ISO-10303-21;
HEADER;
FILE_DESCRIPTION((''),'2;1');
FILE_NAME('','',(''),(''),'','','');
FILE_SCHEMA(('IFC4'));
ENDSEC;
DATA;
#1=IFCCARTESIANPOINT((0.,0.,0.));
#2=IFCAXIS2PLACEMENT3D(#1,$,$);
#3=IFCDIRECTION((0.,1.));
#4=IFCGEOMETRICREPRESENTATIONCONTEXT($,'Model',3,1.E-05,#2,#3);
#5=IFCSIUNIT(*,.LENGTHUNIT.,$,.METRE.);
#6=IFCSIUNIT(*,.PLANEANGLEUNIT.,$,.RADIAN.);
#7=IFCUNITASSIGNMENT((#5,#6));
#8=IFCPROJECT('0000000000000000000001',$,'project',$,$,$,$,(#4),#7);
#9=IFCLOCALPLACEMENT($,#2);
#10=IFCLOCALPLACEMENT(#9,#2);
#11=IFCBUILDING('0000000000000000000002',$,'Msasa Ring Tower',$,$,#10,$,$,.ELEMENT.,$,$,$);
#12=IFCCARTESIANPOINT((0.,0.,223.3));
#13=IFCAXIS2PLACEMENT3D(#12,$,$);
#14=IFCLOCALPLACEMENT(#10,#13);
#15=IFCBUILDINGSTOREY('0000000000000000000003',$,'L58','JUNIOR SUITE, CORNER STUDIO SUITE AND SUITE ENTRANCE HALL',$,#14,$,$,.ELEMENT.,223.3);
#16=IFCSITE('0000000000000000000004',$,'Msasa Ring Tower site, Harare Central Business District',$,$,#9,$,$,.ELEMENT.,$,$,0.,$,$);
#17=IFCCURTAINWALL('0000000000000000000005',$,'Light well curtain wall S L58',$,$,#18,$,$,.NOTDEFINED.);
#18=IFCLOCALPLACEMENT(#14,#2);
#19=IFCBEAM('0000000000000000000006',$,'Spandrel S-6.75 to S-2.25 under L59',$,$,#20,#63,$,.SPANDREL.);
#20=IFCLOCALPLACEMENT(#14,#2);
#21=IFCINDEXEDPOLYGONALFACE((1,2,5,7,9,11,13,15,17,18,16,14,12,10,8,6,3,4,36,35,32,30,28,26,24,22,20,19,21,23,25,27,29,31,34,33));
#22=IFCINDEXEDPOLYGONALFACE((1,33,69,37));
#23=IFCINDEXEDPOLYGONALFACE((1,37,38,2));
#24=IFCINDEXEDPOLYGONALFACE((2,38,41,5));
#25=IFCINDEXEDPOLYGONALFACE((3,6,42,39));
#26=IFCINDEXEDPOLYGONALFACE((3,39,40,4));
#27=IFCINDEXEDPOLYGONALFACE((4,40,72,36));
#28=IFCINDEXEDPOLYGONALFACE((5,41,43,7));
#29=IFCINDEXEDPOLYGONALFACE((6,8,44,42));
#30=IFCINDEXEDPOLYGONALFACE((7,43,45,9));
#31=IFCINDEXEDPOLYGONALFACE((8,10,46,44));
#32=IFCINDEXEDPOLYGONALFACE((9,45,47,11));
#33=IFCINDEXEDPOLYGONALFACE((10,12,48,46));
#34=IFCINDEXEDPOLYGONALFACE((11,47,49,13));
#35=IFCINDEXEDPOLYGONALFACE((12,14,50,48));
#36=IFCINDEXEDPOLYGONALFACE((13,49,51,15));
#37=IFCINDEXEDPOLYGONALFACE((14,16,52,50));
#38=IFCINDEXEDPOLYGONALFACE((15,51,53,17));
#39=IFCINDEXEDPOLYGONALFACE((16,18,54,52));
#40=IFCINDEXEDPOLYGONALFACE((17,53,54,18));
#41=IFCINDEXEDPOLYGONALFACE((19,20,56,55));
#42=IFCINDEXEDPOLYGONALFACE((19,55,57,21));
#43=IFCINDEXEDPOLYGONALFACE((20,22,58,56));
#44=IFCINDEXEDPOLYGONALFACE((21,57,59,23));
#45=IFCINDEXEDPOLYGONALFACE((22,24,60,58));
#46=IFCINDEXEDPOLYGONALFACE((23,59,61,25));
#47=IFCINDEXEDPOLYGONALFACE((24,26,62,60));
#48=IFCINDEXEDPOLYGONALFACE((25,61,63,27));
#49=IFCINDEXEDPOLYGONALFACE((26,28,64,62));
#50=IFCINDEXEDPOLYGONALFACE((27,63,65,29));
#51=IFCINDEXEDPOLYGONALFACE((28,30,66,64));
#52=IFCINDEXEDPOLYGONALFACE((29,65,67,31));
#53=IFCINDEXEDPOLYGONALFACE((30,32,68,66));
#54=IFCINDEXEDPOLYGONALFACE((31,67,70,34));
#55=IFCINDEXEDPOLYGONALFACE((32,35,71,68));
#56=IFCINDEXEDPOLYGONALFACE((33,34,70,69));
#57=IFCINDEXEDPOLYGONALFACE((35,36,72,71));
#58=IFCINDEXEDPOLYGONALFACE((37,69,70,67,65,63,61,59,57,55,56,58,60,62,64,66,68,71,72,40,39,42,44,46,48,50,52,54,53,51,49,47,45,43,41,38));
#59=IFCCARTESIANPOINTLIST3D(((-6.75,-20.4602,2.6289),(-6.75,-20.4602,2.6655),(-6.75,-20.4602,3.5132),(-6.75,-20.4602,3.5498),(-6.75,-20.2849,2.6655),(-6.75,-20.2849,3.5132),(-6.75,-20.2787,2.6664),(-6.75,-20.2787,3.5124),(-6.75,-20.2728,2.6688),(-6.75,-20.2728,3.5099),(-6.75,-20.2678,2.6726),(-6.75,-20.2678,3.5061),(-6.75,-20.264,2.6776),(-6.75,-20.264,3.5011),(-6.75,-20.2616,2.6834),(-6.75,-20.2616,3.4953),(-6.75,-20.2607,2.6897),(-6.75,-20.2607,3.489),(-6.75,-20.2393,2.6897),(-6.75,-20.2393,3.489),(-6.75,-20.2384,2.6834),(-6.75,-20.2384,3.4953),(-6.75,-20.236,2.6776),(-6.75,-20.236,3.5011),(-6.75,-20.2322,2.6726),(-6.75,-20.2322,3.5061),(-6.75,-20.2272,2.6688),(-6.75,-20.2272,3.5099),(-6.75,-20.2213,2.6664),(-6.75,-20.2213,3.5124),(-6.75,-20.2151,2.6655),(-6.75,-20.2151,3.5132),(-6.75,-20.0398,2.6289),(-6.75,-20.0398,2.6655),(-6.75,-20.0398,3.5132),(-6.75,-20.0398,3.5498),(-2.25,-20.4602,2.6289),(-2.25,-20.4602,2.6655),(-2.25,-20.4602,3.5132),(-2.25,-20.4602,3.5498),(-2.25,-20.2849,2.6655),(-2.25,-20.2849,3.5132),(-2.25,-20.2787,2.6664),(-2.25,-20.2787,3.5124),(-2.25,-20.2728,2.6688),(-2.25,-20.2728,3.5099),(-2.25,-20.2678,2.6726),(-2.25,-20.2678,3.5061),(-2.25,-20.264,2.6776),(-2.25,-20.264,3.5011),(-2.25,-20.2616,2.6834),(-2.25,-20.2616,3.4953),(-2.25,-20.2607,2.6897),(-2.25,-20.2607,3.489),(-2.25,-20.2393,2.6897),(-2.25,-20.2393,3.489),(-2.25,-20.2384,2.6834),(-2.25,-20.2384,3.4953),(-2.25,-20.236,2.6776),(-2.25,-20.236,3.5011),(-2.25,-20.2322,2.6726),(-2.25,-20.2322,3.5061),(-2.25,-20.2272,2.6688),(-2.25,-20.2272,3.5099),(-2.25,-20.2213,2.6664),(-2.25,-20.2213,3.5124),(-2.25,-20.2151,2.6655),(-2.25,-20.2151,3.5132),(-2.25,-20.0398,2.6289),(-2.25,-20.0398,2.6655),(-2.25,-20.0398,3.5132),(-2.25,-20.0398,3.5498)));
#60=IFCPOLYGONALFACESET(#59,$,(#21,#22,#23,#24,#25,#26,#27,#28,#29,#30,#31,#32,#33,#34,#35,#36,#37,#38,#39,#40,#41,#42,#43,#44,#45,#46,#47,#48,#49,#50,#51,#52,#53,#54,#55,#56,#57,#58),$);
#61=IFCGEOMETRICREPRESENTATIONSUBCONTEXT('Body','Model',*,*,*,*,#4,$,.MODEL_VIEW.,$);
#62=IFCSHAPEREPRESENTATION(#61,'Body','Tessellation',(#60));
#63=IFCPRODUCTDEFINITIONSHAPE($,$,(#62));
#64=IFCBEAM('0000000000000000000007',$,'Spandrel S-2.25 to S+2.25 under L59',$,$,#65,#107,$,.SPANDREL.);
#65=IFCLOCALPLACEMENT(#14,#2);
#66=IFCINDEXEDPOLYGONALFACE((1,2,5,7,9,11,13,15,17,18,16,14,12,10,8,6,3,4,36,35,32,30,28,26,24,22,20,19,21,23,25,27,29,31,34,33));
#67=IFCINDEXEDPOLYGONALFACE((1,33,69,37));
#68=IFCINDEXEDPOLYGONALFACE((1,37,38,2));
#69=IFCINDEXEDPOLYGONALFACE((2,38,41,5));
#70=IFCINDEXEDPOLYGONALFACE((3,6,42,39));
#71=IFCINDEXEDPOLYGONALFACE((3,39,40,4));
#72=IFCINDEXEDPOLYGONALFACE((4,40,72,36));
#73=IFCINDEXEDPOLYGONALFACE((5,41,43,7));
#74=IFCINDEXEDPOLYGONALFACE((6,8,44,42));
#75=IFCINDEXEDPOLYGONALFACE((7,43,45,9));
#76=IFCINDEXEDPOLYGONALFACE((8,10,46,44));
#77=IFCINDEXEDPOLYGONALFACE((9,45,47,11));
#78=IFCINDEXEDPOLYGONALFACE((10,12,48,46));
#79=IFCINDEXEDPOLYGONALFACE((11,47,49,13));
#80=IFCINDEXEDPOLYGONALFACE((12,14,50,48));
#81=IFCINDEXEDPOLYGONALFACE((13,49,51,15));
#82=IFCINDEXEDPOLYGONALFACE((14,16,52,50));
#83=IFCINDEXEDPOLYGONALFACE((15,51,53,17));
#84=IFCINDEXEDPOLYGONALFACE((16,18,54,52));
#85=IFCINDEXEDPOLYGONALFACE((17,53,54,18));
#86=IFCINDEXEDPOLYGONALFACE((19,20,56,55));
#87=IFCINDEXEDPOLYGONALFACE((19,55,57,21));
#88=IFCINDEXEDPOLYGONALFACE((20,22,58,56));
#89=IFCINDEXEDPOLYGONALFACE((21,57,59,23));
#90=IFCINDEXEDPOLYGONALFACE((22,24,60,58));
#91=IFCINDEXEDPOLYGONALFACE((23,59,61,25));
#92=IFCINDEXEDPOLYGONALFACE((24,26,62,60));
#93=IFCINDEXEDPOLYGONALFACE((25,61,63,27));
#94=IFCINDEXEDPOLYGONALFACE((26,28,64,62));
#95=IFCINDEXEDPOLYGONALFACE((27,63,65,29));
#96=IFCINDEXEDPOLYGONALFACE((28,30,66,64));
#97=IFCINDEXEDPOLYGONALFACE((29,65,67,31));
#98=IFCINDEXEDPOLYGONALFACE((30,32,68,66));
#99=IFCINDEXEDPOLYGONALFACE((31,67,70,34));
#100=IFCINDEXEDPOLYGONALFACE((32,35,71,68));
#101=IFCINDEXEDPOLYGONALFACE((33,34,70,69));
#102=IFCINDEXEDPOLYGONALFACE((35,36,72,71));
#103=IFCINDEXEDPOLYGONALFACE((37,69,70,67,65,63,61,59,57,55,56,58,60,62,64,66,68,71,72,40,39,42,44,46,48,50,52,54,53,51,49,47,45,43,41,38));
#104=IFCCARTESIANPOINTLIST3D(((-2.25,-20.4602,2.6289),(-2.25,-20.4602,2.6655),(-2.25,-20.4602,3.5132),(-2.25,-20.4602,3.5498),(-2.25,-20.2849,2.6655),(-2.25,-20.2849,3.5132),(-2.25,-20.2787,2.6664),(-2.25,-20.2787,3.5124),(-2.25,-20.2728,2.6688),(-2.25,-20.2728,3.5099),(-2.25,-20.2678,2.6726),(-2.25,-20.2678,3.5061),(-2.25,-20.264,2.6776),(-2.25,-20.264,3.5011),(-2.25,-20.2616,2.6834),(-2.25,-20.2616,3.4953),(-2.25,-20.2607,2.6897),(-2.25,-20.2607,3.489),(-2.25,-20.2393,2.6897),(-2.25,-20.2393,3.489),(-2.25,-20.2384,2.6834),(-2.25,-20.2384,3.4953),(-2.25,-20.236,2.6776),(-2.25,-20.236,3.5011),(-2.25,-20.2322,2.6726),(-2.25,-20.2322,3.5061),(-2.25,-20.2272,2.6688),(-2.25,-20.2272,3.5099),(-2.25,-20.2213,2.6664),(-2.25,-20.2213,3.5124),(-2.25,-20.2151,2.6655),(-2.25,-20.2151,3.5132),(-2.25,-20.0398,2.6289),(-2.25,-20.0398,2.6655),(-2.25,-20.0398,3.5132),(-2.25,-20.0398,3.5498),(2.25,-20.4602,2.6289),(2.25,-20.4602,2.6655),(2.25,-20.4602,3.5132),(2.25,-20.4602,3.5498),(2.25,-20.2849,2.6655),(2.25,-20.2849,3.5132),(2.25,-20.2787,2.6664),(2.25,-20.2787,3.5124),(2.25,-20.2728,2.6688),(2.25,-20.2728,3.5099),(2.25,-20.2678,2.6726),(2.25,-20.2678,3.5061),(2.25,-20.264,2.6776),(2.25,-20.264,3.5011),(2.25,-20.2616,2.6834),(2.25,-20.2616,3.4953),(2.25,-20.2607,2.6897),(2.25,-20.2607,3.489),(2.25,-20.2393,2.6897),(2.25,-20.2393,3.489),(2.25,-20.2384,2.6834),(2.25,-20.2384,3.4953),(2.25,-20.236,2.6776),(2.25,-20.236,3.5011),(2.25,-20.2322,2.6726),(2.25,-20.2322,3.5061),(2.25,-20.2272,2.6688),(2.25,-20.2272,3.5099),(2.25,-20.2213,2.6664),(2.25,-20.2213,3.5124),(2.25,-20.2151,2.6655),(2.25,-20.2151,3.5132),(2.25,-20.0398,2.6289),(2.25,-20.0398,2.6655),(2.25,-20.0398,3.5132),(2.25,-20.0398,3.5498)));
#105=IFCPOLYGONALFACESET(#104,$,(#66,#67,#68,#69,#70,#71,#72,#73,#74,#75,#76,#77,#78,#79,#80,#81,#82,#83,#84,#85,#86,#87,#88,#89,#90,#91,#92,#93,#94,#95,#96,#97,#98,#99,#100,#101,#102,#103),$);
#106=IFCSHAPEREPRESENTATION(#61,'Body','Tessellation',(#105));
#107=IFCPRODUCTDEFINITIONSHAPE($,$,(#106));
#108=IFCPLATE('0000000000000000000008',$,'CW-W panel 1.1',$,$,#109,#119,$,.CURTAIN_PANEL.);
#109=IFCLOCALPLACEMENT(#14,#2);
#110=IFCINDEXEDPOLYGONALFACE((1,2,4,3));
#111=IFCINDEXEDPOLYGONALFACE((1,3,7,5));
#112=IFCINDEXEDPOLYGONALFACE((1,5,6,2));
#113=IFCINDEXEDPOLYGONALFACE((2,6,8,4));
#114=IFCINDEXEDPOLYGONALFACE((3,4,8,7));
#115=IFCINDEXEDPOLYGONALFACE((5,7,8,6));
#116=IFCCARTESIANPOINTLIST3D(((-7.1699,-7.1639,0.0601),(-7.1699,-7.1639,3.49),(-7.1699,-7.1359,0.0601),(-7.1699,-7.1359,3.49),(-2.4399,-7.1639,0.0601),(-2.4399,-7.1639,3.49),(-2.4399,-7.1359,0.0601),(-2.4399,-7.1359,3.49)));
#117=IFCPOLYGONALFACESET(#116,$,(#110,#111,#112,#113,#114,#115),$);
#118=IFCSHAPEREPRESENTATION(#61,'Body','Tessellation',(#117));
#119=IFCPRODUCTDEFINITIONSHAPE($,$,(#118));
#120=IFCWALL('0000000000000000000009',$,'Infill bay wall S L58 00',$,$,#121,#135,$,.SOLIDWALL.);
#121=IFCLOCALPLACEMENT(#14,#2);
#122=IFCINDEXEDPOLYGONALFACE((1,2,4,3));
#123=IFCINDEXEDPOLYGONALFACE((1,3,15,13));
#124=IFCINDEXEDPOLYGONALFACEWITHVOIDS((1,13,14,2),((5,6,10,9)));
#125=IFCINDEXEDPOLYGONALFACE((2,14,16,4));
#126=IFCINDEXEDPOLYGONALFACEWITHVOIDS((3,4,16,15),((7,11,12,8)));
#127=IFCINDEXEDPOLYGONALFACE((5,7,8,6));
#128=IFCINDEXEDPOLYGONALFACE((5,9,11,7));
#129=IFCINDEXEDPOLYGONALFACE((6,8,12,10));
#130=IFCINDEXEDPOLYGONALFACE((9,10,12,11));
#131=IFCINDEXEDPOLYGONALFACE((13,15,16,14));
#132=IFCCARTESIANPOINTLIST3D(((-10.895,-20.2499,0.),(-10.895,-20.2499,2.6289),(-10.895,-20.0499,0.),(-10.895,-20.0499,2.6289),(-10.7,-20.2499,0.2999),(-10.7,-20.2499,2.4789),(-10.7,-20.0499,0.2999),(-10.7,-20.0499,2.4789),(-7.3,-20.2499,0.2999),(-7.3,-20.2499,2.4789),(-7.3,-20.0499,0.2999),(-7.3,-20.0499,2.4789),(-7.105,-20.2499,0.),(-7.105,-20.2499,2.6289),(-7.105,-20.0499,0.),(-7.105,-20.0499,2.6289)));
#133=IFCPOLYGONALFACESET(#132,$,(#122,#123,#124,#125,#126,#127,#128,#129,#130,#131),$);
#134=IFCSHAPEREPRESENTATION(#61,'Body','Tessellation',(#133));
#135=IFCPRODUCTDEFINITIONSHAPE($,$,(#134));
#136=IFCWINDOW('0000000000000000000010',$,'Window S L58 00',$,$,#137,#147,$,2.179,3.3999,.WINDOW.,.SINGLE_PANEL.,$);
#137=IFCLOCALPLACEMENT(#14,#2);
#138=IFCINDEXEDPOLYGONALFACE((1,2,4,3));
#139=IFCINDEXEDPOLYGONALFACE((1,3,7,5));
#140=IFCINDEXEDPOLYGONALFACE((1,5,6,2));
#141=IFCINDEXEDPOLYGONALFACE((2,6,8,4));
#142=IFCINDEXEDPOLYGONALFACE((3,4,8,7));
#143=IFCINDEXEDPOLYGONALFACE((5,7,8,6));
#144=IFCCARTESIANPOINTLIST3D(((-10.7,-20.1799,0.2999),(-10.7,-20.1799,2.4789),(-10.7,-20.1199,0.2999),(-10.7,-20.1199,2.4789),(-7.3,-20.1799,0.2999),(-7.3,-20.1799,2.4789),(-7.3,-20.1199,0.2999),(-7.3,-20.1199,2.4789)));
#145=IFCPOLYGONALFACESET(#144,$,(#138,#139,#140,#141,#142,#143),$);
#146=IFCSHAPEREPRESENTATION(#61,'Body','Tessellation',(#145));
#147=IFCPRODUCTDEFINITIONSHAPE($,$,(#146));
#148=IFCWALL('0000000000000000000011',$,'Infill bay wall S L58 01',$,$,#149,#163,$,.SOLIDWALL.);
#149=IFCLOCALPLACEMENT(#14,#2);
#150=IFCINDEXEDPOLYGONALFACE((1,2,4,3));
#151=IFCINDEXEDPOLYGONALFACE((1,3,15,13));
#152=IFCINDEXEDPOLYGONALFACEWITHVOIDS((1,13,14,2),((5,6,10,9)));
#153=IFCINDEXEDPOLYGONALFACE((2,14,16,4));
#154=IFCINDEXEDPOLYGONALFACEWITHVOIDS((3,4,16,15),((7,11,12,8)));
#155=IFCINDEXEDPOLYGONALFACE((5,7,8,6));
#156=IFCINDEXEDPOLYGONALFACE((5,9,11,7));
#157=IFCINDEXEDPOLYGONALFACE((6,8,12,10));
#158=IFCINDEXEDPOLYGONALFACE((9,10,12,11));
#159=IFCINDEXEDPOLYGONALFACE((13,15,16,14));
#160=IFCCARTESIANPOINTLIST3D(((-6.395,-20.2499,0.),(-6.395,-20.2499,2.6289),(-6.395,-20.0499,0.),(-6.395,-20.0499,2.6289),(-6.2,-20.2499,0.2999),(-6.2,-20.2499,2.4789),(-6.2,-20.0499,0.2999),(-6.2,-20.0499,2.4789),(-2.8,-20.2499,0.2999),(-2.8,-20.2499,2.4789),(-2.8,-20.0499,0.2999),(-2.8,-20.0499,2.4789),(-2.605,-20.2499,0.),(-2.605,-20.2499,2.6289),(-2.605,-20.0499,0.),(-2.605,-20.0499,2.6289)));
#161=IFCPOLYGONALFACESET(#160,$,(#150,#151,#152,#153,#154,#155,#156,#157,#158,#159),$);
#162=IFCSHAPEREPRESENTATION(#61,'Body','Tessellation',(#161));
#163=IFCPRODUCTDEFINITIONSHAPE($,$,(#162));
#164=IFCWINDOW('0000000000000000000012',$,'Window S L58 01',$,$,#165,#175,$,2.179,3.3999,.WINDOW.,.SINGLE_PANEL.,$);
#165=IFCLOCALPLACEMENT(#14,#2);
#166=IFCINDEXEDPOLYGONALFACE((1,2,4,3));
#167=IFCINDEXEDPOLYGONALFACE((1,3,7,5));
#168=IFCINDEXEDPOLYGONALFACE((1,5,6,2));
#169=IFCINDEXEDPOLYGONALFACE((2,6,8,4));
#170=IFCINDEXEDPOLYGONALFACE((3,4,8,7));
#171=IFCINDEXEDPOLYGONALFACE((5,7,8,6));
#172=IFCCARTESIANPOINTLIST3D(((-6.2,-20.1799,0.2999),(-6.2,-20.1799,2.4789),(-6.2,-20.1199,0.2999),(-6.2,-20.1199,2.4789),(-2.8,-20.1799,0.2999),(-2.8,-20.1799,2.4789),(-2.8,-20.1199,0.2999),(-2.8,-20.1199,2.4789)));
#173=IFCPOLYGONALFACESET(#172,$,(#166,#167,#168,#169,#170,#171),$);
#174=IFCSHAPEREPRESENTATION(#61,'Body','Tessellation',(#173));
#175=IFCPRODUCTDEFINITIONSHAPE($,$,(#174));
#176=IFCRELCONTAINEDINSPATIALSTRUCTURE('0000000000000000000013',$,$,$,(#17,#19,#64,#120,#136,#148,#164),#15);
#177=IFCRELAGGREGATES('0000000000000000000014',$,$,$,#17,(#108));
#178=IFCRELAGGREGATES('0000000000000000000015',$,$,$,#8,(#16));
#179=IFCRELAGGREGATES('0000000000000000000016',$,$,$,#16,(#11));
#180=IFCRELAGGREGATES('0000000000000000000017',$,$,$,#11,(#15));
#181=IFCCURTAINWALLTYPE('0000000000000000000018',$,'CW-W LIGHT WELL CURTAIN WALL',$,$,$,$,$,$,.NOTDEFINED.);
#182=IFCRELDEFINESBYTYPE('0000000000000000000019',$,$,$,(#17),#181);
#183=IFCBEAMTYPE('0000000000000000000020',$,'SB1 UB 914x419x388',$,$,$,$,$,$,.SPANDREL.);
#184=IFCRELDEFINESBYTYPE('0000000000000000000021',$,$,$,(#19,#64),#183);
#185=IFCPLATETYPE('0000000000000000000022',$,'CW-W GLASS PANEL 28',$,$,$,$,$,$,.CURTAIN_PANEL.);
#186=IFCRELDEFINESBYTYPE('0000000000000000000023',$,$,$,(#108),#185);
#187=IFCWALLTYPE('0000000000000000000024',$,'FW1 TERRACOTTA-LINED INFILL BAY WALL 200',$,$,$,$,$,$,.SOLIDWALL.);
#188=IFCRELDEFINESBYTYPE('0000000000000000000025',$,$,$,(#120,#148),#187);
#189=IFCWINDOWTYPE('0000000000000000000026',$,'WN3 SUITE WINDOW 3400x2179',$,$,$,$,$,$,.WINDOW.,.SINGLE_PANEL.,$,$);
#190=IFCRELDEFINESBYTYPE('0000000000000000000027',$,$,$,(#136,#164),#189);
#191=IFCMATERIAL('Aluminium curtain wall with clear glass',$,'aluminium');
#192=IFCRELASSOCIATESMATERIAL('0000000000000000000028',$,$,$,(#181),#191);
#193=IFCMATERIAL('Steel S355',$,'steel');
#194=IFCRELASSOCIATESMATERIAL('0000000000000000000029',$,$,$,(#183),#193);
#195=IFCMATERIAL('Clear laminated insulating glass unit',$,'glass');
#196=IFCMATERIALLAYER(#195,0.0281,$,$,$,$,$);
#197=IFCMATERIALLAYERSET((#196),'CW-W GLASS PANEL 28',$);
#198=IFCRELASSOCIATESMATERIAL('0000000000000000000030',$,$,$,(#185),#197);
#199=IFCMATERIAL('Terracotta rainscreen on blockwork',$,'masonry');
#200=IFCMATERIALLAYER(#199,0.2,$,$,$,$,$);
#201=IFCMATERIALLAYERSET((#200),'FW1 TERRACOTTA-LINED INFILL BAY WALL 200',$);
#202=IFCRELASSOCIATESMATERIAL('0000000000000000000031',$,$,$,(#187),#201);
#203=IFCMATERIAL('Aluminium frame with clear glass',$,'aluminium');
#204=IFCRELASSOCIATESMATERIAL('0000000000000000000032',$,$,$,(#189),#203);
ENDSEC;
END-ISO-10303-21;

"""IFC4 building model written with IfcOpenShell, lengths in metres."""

from ifc_helpers import new_model, si_unit, direction, frame, frame_2d, origin, origin_2d, place, context, subcontext, project, spatial, rectangle, i_section, extrude, material, layer, layer_set, material_profile, profile_set, type_object, element, fill, aggregate, save


model = new_model("IFC4")

# Units and contexts
model_context = context("Model", 3, precision=1e-05, world=origin(), true_north=direction((0.0, 1.0)))
body_context = subcontext(model_context, "Body", "Model", "MODEL_VIEW")
ifc_project = project(units=[si_unit("LENGTHUNIT", "METRE"), si_unit("PLANEANGLEUNIT", "RADIAN")], contexts=[model_context])

# Site, building, storey
site_placement = place(None, origin())
site = spatial("IfcSite", under=ifc_project, at=site_placement, Name="Msasa Ring Tower site, Harare Central Business District", CompositionType="ELEMENT", RefElevation=0.0)
building_placement = place(site_placement, origin())
building = spatial("IfcBuilding", under=site, at=building_placement, Name="Msasa Ring Tower", CompositionType="ELEMENT")
storey_placement = place(building_placement, frame((0.0, 0.0, 223.3)))
storey = spatial("IfcBuildingStorey", under=building, at=storey_placement, Name="L58", Description="JUNIOR SUITE, CORNER STUDIO SUITE AND SUITE ENTRANCE HALL", CompositionType="ELEMENT", Elevation=223.3)

# Curtain wall
ifc_material_1 = material(Name="Aluminium curtain wall with clear glass", Category="aluminium")
curtain_wall_type = type_object("IfcCurtainWallType", Name="CW-W LIGHT WELL CURTAIN WALL", PredefinedType="NOTDEFINED", material=ifc_material_1)
curtain_wall_placement = place(storey_placement, origin())
curtain_wall = element("IfcCurtainWall", 1, at=curtain_wall_placement, inside=storey, type_object=curtain_wall_type, Name="Light well curtain wall S L58", PredefinedType="NOTDEFINED")

# Beams
ifc_material_2 = material(Name="Steel S355", Category="steel")
ifc_material_profile_1 = material_profile(ifc_material_2, i_section(OverallWidth=0.4204, OverallDepth=0.9209, WebThickness=0.0215, FlangeThickness=0.0366, FilletRadius=0.0242, at=origin_2d()), Name="UB 914x419x388")
ifc_profile_set_1 = profile_set([ifc_material_profile_1], Name="Steel S355")
beam_type_1 = type_object("IfcBeamType", Name="SB1 UB 914x419x388", PredefinedType="SPANDREL", material=ifc_profile_set_1)
for number, where, z_axis, x_axis, name in (
    (2, (-6.75, -20.25, 3.0894), (1.0, 0.0, 0.0), (0.0, 1.0, 0.0), "Spandrel S-6.75 to S-2.25 under L59"),
    (3, (-2.25, -20.25, 3.0894), (1.0, 0.0, 0.0), (0.0, 1.0, 0.0), "Spandrel S-2.25 to S+2.25 under L59"),
):
    element("IfcBeam", number, at=place(storey_placement, frame(where, z_axis=z_axis, x_axis=x_axis)), inside=storey, type_object=beam_type_1, Name=name, PredefinedType="SPANDREL", context=body_context, shape_type="SweptSolid", body=[
        extrude(i_section(OverallWidth=0.4204, OverallDepth=0.9209, WebThickness=0.0215, FlangeThickness=0.0366, FilletRadius=0.0242, at=origin_2d()), origin(), (0.0, 0.0, 1.0), 4.5),
    ])

# Plate
ifc_material_3 = material(Name="Clear laminated insulating glass unit", Category="glass")
ifc_layer_1 = layer(ifc_material_3, 0.0281)
ifc_layer_set_1 = layer_set([ifc_layer_1], Name="CW-W GLASS PANEL 28")
plate_type = type_object("IfcPlateType", Name="CW-W GLASS PANEL 28", PredefinedType="CURTAIN_PANEL", material=ifc_layer_set_1)
plate_placement = place(storey_placement, frame((-4.8049, -7.1499, 0.0601), z_axis=(0.0, 0.0, 1.0), x_axis=(1.0, 0.0, 0.0)))
plate = element("IfcPlate", 4, at=plate_placement, type_object=plate_type, Name="CW-W panel 1.1", PredefinedType="CURTAIN_PANEL", context=body_context, shape_type="SweptSolid", body=[
    extrude(rectangle(XDim=4.73, YDim=0.0281, at=origin_2d()), origin(), (0.0, 0.0, 1.0), 3.4299),
])
aggregate(curtain_wall, [plate])

# Walls, openings, windows
ifc_material_4 = material(Name="Terracotta rainscreen on blockwork", Category="masonry")
ifc_layer_2 = layer(ifc_material_4, 0.2)
ifc_layer_set_2 = layer_set([ifc_layer_2], Name="FW1 TERRACOTTA-LINED INFILL BAY WALL 200")
wall_type_1 = type_object("IfcWallType", Name="FW1 TERRACOTTA-LINED INFILL BAY WALL 200", PredefinedType="SOLIDWALL", material=ifc_layer_set_2)
wall_1_placement = place(storey_placement, frame((-10.895, -20.1499, 0.0), z_axis=(0.0, 0.0, 1.0), x_axis=(1.0, 0.0, 0.0)))
wall_1 = element("IfcWall", 5, at=wall_1_placement, inside=storey, type_object=wall_type_1, Name="Infill bay wall S L58 00", PredefinedType="SOLIDWALL", context=body_context, shape_type="SweptSolid", body=[
    extrude(rectangle(XDim=3.79, YDim=0.2, at=frame_2d((1.895, 0.0))), origin(), (0.0, 0.0, 1.0), 2.6289),
])
opening_1_placement = place(wall_1_placement, frame((0.1951, 0.0, 0.3)))
opening_1 = element("IfcOpeningElement", 6, at=opening_1_placement, cuts=wall_1, PredefinedType="OPENING", context=body_context, shape_type="SweptSolid", body=[
    extrude(rectangle(XDim=3.3999, YDim=2.179, at=frame_2d((1.7, 1.0894))), frame((0.0, 0.1099, 0.0), z_axis=(0.0, -1.0, 0.0), x_axis=(1.0, 0.0, 0.0)), (0.0, 0.0, 1.0), 0.22),
])
ifc_material_5 = material(Name="Aluminium frame with clear glass", Category="aluminium")
window_type = type_object("IfcWindowType", Name="WN3 SUITE WINDOW 3400x2179", PartitioningType="SINGLE_PANEL", PredefinedType="WINDOW", material=ifc_material_5)
window_1_placement = place(opening_1_placement, origin())
window_1 = element("IfcWindow", 7, at=window_1_placement, inside=storey, type_object=window_type, Name="Window S L58 00", OverallHeight=2.179, OverallWidth=3.3999, PartitioningType="SINGLE_PANEL", PredefinedType="WINDOW", context=body_context, shape_type="SweptSolid", body=[
    extrude(rectangle(XDim=3.3999, YDim=2.179, at=frame_2d((1.7, 1.0894))), frame((0.0, 0.03, 0.0), z_axis=(0.0, -1.0, 0.0), x_axis=(1.0, 0.0, 0.0)), (0.0, 0.0, 1.0), 0.0601),
])
fill(opening_1, window_1)
wall_2_placement = place(storey_placement, frame((-6.395, -20.1499, 0.0), z_axis=(0.0, 0.0, 1.0), x_axis=(1.0, 0.0, 0.0)))
wall_2 = element("IfcWall", 8, at=wall_2_placement, inside=storey, type_object=wall_type_1, Name="Infill bay wall S L58 01", PredefinedType="SOLIDWALL", context=body_context, shape_type="SweptSolid", body=[
    extrude(rectangle(XDim=3.79, YDim=0.2, at=frame_2d((1.895, 0.0))), origin(), (0.0, 0.0, 1.0), 2.6289),
])
opening_2_placement = place(wall_2_placement, frame((0.1951, 0.0, 0.3)))
opening_2 = element("IfcOpeningElement", 9, at=opening_2_placement, cuts=wall_2, PredefinedType="OPENING", context=body_context, shape_type="SweptSolid", body=[
    extrude(rectangle(XDim=3.3999, YDim=2.179, at=frame_2d((1.7, 1.0894))), frame((0.0, 0.1099, 0.0), z_axis=(0.0, -1.0, 0.0), x_axis=(1.0, 0.0, 0.0)), (0.0, 0.0, 1.0), 0.22),
])
window_2_placement = place(opening_2_placement, origin())
window_2 = element("IfcWindow", 10, at=window_2_placement, inside=storey, type_object=window_type, Name="Window S L58 01", OverallHeight=2.179, OverallWidth=3.3999, PartitioningType="SINGLE_PANEL", PredefinedType="WINDOW", context=body_context, shape_type="SweptSolid", body=[
    extrude(rectangle(XDim=3.3999, YDim=2.179, at=frame_2d((1.7, 1.0894))), frame((0.0, 0.03, 0.0), z_axis=(0.0, -1.0, 0.0), x_axis=(1.0, 0.0, 0.0)), (0.0, 0.0, 1.0), 0.0601),
])
fill(opening_2, window_2)

save(model, "model.ifc")
